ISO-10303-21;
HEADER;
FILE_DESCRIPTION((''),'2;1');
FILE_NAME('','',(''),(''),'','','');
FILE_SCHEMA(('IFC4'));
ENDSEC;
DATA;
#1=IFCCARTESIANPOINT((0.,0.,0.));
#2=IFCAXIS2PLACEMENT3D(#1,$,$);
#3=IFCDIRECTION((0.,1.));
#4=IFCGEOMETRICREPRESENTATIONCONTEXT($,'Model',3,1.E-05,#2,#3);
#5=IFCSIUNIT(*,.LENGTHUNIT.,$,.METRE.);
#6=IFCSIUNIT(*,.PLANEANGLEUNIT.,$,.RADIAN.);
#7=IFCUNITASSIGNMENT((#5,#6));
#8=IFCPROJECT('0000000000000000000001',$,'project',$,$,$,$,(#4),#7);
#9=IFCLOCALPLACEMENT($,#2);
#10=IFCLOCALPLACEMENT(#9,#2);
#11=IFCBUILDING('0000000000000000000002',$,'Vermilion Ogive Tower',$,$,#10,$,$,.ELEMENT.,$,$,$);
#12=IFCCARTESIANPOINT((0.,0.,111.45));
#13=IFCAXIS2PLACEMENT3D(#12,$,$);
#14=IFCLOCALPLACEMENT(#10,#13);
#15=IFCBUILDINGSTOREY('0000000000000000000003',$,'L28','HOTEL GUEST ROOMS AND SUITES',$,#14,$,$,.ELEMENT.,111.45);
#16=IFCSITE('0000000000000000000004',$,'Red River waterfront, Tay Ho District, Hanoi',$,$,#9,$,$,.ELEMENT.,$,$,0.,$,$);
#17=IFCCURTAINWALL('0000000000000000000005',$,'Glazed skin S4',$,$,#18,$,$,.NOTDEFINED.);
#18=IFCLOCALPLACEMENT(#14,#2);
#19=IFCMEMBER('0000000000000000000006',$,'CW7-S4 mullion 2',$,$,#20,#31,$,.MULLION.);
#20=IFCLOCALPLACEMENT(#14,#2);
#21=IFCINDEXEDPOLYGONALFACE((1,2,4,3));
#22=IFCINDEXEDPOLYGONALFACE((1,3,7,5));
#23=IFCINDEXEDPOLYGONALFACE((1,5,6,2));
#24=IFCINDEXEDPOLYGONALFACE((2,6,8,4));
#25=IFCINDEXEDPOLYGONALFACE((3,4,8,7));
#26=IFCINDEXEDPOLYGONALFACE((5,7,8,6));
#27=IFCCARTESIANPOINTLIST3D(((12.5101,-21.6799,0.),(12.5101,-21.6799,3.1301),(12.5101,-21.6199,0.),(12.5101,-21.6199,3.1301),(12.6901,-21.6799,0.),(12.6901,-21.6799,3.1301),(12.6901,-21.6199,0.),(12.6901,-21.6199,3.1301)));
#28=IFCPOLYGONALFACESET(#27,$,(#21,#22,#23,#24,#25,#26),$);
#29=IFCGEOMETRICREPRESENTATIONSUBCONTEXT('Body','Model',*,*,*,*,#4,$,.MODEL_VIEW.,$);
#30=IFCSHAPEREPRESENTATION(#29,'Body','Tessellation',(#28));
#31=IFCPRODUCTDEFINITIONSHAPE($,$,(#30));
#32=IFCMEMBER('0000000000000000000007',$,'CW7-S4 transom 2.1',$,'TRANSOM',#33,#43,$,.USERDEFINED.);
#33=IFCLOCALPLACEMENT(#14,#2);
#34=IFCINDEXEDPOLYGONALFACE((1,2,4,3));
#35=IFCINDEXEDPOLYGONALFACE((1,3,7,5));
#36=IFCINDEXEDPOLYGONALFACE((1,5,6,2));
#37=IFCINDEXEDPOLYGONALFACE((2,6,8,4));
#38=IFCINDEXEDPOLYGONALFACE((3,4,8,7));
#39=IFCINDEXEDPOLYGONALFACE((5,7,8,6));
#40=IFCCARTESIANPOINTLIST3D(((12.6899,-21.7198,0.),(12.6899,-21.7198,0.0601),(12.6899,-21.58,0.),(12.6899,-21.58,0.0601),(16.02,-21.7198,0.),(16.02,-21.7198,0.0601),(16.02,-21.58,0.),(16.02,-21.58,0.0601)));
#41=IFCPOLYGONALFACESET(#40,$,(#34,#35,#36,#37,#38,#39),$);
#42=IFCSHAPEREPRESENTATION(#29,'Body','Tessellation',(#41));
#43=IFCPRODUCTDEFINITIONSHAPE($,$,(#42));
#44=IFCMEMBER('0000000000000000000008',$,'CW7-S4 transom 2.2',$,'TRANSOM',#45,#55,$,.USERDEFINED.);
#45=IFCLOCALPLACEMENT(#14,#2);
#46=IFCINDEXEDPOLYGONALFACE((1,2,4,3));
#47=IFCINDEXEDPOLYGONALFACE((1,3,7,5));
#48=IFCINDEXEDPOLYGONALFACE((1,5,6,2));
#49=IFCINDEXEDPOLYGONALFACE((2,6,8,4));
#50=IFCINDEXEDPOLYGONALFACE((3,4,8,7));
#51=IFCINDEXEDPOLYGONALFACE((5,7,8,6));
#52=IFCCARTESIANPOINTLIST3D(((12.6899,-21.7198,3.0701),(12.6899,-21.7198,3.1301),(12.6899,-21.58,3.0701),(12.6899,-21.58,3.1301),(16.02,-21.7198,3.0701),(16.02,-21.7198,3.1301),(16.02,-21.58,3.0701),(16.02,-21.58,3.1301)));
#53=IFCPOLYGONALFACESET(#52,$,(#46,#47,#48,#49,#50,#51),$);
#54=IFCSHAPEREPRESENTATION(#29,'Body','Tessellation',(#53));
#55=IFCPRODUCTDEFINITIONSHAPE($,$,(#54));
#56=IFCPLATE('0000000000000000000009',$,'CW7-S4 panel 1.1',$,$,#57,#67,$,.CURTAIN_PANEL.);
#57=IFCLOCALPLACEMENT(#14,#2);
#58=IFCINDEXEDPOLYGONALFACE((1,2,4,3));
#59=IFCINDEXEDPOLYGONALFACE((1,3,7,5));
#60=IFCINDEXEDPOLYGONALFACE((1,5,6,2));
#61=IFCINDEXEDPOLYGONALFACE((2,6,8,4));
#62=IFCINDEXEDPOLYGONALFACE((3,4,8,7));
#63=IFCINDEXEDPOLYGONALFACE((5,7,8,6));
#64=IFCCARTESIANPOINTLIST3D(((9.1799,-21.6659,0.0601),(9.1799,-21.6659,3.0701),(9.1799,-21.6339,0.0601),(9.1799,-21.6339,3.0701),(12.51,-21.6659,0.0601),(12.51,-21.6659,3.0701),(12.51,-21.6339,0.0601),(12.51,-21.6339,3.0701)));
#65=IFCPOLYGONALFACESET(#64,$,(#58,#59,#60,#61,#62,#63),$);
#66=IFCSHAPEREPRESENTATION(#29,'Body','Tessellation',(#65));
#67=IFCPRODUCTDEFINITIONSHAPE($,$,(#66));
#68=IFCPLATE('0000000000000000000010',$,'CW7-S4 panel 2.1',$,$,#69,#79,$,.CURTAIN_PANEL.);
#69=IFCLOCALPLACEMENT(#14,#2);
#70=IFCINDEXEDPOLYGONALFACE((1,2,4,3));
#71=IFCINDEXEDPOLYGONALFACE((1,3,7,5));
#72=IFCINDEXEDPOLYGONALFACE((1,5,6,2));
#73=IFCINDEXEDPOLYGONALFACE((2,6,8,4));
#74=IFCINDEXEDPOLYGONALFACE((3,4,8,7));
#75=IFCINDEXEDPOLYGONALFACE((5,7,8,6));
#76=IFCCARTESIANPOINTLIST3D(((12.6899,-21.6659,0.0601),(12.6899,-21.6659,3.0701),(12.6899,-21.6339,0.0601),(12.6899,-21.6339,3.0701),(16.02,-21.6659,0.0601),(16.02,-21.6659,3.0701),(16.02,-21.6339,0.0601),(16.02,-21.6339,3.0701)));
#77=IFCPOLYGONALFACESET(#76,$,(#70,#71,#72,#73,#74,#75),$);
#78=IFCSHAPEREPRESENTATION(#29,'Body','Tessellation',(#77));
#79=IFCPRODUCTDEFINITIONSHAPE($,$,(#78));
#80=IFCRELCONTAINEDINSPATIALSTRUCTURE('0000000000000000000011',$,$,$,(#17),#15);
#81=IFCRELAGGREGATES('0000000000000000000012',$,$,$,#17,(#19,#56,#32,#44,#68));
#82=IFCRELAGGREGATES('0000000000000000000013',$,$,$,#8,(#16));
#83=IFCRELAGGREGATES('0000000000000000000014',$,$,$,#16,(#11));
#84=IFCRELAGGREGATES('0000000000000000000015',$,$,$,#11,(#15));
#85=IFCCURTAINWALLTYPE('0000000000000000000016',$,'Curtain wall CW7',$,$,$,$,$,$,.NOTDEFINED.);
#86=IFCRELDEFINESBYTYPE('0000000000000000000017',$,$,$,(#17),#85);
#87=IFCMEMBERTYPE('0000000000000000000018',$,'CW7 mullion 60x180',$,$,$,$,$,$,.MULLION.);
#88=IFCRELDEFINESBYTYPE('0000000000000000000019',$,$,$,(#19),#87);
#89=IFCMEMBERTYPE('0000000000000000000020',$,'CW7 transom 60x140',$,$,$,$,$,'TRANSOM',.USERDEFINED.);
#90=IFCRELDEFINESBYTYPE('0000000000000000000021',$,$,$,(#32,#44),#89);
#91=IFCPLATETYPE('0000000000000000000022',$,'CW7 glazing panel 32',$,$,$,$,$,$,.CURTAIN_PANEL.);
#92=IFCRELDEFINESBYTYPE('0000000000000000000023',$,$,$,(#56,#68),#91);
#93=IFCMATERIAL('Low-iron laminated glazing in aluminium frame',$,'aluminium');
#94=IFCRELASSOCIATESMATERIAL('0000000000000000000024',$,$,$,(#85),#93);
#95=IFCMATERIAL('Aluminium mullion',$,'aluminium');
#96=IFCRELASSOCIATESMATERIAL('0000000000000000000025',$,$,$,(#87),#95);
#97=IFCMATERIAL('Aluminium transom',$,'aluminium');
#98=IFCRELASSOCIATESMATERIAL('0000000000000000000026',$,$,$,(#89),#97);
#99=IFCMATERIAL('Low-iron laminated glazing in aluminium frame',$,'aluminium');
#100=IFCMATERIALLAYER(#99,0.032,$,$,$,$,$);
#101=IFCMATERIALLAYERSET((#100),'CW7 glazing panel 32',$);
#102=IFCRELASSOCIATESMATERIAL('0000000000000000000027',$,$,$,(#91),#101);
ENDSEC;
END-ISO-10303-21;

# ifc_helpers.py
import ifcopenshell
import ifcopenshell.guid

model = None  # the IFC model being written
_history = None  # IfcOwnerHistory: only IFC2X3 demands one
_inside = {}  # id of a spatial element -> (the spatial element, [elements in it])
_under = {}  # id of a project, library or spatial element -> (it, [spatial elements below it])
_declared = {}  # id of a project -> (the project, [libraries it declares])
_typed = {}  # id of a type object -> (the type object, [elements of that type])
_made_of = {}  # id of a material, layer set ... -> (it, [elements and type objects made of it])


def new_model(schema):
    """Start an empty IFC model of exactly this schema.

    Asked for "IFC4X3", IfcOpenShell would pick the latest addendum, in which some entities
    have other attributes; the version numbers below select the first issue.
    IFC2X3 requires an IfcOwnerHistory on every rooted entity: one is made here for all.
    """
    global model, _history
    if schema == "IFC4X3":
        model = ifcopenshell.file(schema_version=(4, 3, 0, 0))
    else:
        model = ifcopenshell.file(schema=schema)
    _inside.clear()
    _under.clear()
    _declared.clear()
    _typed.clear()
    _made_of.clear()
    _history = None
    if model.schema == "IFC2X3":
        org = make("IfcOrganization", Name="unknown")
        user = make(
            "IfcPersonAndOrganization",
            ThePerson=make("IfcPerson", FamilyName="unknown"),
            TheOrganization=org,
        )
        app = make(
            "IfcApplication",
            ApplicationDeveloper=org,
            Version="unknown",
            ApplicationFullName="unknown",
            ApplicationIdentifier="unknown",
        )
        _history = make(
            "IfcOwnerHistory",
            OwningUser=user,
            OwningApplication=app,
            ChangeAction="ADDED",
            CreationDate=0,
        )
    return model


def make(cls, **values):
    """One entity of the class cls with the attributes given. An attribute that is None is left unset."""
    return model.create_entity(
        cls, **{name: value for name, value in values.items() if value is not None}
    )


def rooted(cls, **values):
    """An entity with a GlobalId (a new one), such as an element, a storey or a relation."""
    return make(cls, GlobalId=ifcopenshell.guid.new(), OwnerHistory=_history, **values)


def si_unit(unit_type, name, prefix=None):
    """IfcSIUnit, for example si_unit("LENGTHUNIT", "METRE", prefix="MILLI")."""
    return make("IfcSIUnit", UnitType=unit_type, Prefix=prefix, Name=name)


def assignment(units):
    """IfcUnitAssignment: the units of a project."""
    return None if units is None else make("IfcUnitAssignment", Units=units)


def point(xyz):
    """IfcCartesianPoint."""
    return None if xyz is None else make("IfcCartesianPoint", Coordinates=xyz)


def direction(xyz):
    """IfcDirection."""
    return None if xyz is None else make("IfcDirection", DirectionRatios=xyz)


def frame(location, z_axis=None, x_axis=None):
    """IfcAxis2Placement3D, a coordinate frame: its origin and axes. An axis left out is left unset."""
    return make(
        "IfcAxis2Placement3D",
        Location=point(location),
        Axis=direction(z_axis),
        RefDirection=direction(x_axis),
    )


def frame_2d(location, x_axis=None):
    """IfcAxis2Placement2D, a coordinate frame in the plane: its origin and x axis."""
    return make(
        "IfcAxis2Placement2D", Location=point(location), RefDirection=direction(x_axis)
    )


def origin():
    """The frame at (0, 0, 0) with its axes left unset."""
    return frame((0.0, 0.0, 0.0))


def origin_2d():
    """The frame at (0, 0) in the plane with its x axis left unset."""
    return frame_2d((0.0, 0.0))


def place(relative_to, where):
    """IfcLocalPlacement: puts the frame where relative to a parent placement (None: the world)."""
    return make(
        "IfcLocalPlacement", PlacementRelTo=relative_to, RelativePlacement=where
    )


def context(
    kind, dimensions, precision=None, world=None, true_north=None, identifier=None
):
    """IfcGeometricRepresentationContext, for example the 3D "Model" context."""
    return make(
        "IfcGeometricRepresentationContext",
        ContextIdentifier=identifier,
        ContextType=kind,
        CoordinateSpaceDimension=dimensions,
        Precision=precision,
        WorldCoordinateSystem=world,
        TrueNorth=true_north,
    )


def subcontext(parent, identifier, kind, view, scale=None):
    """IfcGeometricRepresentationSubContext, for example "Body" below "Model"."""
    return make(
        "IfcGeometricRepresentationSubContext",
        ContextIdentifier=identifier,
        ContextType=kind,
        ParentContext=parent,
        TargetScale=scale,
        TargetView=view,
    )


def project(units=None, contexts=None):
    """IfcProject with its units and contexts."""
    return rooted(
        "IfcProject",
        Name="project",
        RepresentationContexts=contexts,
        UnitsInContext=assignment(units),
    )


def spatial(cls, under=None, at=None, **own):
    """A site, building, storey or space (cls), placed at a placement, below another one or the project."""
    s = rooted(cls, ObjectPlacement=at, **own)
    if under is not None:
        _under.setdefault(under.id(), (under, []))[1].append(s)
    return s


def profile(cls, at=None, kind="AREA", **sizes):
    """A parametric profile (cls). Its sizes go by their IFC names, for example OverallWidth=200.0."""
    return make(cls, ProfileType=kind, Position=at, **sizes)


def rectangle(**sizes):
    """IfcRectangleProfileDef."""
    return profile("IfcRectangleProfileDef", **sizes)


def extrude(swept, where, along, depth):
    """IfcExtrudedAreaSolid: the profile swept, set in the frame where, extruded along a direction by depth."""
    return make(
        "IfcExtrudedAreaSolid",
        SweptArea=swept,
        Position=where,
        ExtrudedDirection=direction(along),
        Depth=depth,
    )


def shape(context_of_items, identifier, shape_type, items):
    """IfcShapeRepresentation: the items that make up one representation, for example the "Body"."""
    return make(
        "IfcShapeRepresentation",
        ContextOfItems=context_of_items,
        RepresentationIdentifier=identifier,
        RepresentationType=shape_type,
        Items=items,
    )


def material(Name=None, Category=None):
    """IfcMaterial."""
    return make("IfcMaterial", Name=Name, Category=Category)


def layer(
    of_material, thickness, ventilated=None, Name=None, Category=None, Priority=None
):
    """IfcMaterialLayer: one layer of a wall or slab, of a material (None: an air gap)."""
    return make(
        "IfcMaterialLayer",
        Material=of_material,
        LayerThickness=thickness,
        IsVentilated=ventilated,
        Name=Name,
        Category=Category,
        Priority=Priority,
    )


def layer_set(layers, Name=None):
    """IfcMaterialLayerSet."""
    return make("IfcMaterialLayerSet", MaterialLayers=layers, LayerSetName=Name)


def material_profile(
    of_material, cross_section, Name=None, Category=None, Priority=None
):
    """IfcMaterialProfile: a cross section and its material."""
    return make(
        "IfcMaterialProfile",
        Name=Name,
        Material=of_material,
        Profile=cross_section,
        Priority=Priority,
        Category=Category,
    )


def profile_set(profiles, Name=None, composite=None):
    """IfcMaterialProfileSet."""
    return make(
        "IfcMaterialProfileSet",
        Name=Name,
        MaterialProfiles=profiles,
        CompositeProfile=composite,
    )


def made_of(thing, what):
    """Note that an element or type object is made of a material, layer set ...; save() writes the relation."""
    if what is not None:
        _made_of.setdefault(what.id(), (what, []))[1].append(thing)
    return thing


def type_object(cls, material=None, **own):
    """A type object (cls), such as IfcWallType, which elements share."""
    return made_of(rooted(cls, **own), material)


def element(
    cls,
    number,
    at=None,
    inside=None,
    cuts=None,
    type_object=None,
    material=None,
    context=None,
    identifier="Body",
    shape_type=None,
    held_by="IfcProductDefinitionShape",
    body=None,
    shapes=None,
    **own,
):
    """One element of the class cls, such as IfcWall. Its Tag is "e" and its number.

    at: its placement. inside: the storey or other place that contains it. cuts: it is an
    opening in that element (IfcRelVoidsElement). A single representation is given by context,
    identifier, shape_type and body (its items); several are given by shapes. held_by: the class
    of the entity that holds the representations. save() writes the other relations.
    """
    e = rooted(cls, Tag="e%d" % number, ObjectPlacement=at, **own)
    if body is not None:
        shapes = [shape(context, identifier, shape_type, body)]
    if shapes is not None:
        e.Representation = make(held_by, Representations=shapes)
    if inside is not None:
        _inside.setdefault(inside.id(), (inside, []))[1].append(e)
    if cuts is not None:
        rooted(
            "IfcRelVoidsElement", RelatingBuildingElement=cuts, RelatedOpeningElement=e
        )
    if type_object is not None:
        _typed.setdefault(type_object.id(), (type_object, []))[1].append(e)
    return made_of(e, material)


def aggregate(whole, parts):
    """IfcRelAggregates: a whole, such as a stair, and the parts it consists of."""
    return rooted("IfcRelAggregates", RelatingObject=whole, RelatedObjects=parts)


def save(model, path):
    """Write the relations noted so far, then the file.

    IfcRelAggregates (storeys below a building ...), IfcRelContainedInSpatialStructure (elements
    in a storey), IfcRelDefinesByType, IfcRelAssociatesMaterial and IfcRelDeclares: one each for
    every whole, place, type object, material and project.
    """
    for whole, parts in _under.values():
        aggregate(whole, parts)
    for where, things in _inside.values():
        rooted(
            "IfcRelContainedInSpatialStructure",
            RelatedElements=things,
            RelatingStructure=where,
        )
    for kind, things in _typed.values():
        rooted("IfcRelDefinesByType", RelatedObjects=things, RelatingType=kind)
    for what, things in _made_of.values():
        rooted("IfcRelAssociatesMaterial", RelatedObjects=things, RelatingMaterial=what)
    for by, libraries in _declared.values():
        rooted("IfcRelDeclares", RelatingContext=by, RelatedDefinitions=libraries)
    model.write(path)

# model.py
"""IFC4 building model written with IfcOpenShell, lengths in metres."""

from ifc_helpers import new_model, si_unit, direction, frame, origin, origin_2d, place, context, subcontext, project, spatial, rectangle, extrude, material, layer, layer_set, material_profile, profile_set, type_object, element, aggregate, save


model = new_model("IFC4")

# Units and contexts
model_context = context("Model", 3, precision=1e-05, world=origin(), true_north=direction((0.0, 1.0)))
body_context = subcontext(model_context, "Body", "Model", "MODEL_VIEW")
ifc_project = project(units=[si_unit("LENGTHUNIT", "METRE"), si_unit("PLANEANGLEUNIT", "RADIAN")], contexts=[model_context])

# Site, building, storey
site_placement = place(None, origin())
site = spatial("IfcSite", under=ifc_project, at=site_placement, Name="Red River waterfront, Tay Ho District, Hanoi", CompositionType="ELEMENT", RefElevation=0.0)
building_placement = place(site_placement, origin())
building = spatial("IfcBuilding", under=site, at=building_placement, Name="Vermilion Ogive Tower", CompositionType="ELEMENT")
storey_placement = place(building_placement, frame((0.0, 0.0, 111.45)))
storey = spatial("IfcBuildingStorey", under=building, at=storey_placement, Name="L28", Description="HOTEL GUEST ROOMS AND SUITES", CompositionType="ELEMENT", Elevation=111.45)

# Curtain wall, members, plates
ifc_material_1 = material(Name="Low-iron laminated glazing in aluminium frame", Category="aluminium")
curtain_wall_type = type_object("IfcCurtainWallType", Name="Curtain wall CW7", PredefinedType="NOTDEFINED", material=ifc_material_1)
curtain_wall_placement = place(storey_placement, origin())
curtain_wall = element("IfcCurtainWall", 1, at=curtain_wall_placement, inside=storey, type_object=curtain_wall_type, Name="Glazed skin S4", PredefinedType="NOTDEFINED")
ifc_material_2 = material(Name="Aluminium mullion", Category="aluminium")
ifc_material_profile_1 = material_profile(ifc_material_2, rectangle(XDim=0.0601, YDim=0.1799, at=origin_2d()), Name="AL 60x180")
ifc_profile_set_1 = profile_set([ifc_material_profile_1], Name="Aluminium mullion")
member_type_1 = type_object("IfcMemberType", Name="CW7 mullion 60x180", PredefinedType="MULLION", material=ifc_profile_set_1)
member_1_placement = place(storey_placement, frame((12.6001, -21.6499, 0.0), z_axis=(0.0, 0.0, 1.0), x_axis=(0.0, 1.0, 0.0)))
member_1 = element("IfcMember", 2, at=member_1_placement, type_object=member_type_1, Name="CW7-S4 mullion 2", PredefinedType="MULLION", context=body_context, shape_type="SweptSolid", body=[
    extrude(rectangle(XDim=0.0601, YDim=0.1799, at=origin_2d()), origin(), (0.0, 0.0, 1.0), 3.1301),
])
ifc_material_3 = material(Name="Aluminium transom", Category="aluminium")
ifc_material_profile_2 = material_profile(ifc_material_3, rectangle(XDim=0.1399, YDim=0.0601, at=origin_2d()), Name="AL 60x140")
ifc_profile_set_2 = profile_set([ifc_material_profile_2], Name="Aluminium transom")
member_type_2 = type_object("IfcMemberType", Name="CW7 transom 60x140", ElementType="TRANSOM", PredefinedType="USERDEFINED", material=ifc_profile_set_2)
member_2_placement = place(storey_placement, frame((12.6899, -21.6499, 0.03), z_axis=(1.0, 0.0, 0.0), x_axis=(0.0, 1.0, 0.0)))
member_2 = element("IfcMember", 3, at=member_2_placement, type_object=member_type_2, Name="CW7-S4 transom 2.1", ObjectType="TRANSOM", PredefinedType="USERDEFINED", context=body_context, shape_type="SweptSolid", body=[
    extrude(rectangle(XDim=0.1399, YDim=0.0601, at=origin_2d()), origin(), (0.0, 0.0, 1.0), 3.3301),
])
member_3_placement = place(storey_placement, frame((12.6899, -21.6499, 3.1001), z_axis=(1.0, 0.0, 0.0), x_axis=(0.0, 1.0, 0.0)))
member_3 = element("IfcMember", 4, at=member_3_placement, type_object=member_type_2, Name="CW7-S4 transom 2.2", ObjectType="TRANSOM", PredefinedType="USERDEFINED", context=body_context, shape_type="SweptSolid", body=[
    extrude(rectangle(XDim=0.1399, YDim=0.0601, at=origin_2d()), origin(), (0.0, 0.0, 1.0), 3.3301),
])
ifc_material_4 = material(Name="Low-iron laminated glazing in aluminium frame", Category="aluminium")
ifc_layer_1 = layer(ifc_material_4, 0.032)
ifc_layer_set_1 = layer_set([ifc_layer_1], Name="CW7 glazing panel 32")
plate_type = type_object("IfcPlateType", Name="CW7 glazing panel 32", PredefinedType="CURTAIN_PANEL", material=ifc_layer_set_1)
plate_1_placement = place(storey_placement, frame((10.845, -21.6499, 0.0601), z_axis=(0.0, 0.0, 1.0), x_axis=(1.0, 0.0, 0.0)))
plate_1 = element("IfcPlate", 5, at=plate_1_placement, type_object=plate_type, Name="CW7-S4 panel 1.1", PredefinedType="CURTAIN_PANEL", context=body_context, shape_type="SweptSolid", body=[
    extrude(rectangle(XDim=3.3301, YDim=0.032, at=origin_2d()), origin(), (0.0, 0.0, 1.0), 3.01),
])
plate_2_placement = place(storey_placement, frame((14.355, -21.6499, 0.0601), z_axis=(0.0, 0.0, 1.0), x_axis=(1.0, 0.0, 0.0)))
plate_2 = element("IfcPlate", 6, at=plate_2_placement, type_object=plate_type, Name="CW7-S4 panel 2.1", PredefinedType="CURTAIN_PANEL", context=body_context, shape_type="SweptSolid", body=[
    extrude(rectangle(XDim=3.3301, YDim=0.032, at=origin_2d()), origin(), (0.0, 0.0, 1.0), 3.01),
])
aggregate(curtain_wall, [member_1, plate_1, member_2, member_3, plate_2])

save(model, "model.ifc")
